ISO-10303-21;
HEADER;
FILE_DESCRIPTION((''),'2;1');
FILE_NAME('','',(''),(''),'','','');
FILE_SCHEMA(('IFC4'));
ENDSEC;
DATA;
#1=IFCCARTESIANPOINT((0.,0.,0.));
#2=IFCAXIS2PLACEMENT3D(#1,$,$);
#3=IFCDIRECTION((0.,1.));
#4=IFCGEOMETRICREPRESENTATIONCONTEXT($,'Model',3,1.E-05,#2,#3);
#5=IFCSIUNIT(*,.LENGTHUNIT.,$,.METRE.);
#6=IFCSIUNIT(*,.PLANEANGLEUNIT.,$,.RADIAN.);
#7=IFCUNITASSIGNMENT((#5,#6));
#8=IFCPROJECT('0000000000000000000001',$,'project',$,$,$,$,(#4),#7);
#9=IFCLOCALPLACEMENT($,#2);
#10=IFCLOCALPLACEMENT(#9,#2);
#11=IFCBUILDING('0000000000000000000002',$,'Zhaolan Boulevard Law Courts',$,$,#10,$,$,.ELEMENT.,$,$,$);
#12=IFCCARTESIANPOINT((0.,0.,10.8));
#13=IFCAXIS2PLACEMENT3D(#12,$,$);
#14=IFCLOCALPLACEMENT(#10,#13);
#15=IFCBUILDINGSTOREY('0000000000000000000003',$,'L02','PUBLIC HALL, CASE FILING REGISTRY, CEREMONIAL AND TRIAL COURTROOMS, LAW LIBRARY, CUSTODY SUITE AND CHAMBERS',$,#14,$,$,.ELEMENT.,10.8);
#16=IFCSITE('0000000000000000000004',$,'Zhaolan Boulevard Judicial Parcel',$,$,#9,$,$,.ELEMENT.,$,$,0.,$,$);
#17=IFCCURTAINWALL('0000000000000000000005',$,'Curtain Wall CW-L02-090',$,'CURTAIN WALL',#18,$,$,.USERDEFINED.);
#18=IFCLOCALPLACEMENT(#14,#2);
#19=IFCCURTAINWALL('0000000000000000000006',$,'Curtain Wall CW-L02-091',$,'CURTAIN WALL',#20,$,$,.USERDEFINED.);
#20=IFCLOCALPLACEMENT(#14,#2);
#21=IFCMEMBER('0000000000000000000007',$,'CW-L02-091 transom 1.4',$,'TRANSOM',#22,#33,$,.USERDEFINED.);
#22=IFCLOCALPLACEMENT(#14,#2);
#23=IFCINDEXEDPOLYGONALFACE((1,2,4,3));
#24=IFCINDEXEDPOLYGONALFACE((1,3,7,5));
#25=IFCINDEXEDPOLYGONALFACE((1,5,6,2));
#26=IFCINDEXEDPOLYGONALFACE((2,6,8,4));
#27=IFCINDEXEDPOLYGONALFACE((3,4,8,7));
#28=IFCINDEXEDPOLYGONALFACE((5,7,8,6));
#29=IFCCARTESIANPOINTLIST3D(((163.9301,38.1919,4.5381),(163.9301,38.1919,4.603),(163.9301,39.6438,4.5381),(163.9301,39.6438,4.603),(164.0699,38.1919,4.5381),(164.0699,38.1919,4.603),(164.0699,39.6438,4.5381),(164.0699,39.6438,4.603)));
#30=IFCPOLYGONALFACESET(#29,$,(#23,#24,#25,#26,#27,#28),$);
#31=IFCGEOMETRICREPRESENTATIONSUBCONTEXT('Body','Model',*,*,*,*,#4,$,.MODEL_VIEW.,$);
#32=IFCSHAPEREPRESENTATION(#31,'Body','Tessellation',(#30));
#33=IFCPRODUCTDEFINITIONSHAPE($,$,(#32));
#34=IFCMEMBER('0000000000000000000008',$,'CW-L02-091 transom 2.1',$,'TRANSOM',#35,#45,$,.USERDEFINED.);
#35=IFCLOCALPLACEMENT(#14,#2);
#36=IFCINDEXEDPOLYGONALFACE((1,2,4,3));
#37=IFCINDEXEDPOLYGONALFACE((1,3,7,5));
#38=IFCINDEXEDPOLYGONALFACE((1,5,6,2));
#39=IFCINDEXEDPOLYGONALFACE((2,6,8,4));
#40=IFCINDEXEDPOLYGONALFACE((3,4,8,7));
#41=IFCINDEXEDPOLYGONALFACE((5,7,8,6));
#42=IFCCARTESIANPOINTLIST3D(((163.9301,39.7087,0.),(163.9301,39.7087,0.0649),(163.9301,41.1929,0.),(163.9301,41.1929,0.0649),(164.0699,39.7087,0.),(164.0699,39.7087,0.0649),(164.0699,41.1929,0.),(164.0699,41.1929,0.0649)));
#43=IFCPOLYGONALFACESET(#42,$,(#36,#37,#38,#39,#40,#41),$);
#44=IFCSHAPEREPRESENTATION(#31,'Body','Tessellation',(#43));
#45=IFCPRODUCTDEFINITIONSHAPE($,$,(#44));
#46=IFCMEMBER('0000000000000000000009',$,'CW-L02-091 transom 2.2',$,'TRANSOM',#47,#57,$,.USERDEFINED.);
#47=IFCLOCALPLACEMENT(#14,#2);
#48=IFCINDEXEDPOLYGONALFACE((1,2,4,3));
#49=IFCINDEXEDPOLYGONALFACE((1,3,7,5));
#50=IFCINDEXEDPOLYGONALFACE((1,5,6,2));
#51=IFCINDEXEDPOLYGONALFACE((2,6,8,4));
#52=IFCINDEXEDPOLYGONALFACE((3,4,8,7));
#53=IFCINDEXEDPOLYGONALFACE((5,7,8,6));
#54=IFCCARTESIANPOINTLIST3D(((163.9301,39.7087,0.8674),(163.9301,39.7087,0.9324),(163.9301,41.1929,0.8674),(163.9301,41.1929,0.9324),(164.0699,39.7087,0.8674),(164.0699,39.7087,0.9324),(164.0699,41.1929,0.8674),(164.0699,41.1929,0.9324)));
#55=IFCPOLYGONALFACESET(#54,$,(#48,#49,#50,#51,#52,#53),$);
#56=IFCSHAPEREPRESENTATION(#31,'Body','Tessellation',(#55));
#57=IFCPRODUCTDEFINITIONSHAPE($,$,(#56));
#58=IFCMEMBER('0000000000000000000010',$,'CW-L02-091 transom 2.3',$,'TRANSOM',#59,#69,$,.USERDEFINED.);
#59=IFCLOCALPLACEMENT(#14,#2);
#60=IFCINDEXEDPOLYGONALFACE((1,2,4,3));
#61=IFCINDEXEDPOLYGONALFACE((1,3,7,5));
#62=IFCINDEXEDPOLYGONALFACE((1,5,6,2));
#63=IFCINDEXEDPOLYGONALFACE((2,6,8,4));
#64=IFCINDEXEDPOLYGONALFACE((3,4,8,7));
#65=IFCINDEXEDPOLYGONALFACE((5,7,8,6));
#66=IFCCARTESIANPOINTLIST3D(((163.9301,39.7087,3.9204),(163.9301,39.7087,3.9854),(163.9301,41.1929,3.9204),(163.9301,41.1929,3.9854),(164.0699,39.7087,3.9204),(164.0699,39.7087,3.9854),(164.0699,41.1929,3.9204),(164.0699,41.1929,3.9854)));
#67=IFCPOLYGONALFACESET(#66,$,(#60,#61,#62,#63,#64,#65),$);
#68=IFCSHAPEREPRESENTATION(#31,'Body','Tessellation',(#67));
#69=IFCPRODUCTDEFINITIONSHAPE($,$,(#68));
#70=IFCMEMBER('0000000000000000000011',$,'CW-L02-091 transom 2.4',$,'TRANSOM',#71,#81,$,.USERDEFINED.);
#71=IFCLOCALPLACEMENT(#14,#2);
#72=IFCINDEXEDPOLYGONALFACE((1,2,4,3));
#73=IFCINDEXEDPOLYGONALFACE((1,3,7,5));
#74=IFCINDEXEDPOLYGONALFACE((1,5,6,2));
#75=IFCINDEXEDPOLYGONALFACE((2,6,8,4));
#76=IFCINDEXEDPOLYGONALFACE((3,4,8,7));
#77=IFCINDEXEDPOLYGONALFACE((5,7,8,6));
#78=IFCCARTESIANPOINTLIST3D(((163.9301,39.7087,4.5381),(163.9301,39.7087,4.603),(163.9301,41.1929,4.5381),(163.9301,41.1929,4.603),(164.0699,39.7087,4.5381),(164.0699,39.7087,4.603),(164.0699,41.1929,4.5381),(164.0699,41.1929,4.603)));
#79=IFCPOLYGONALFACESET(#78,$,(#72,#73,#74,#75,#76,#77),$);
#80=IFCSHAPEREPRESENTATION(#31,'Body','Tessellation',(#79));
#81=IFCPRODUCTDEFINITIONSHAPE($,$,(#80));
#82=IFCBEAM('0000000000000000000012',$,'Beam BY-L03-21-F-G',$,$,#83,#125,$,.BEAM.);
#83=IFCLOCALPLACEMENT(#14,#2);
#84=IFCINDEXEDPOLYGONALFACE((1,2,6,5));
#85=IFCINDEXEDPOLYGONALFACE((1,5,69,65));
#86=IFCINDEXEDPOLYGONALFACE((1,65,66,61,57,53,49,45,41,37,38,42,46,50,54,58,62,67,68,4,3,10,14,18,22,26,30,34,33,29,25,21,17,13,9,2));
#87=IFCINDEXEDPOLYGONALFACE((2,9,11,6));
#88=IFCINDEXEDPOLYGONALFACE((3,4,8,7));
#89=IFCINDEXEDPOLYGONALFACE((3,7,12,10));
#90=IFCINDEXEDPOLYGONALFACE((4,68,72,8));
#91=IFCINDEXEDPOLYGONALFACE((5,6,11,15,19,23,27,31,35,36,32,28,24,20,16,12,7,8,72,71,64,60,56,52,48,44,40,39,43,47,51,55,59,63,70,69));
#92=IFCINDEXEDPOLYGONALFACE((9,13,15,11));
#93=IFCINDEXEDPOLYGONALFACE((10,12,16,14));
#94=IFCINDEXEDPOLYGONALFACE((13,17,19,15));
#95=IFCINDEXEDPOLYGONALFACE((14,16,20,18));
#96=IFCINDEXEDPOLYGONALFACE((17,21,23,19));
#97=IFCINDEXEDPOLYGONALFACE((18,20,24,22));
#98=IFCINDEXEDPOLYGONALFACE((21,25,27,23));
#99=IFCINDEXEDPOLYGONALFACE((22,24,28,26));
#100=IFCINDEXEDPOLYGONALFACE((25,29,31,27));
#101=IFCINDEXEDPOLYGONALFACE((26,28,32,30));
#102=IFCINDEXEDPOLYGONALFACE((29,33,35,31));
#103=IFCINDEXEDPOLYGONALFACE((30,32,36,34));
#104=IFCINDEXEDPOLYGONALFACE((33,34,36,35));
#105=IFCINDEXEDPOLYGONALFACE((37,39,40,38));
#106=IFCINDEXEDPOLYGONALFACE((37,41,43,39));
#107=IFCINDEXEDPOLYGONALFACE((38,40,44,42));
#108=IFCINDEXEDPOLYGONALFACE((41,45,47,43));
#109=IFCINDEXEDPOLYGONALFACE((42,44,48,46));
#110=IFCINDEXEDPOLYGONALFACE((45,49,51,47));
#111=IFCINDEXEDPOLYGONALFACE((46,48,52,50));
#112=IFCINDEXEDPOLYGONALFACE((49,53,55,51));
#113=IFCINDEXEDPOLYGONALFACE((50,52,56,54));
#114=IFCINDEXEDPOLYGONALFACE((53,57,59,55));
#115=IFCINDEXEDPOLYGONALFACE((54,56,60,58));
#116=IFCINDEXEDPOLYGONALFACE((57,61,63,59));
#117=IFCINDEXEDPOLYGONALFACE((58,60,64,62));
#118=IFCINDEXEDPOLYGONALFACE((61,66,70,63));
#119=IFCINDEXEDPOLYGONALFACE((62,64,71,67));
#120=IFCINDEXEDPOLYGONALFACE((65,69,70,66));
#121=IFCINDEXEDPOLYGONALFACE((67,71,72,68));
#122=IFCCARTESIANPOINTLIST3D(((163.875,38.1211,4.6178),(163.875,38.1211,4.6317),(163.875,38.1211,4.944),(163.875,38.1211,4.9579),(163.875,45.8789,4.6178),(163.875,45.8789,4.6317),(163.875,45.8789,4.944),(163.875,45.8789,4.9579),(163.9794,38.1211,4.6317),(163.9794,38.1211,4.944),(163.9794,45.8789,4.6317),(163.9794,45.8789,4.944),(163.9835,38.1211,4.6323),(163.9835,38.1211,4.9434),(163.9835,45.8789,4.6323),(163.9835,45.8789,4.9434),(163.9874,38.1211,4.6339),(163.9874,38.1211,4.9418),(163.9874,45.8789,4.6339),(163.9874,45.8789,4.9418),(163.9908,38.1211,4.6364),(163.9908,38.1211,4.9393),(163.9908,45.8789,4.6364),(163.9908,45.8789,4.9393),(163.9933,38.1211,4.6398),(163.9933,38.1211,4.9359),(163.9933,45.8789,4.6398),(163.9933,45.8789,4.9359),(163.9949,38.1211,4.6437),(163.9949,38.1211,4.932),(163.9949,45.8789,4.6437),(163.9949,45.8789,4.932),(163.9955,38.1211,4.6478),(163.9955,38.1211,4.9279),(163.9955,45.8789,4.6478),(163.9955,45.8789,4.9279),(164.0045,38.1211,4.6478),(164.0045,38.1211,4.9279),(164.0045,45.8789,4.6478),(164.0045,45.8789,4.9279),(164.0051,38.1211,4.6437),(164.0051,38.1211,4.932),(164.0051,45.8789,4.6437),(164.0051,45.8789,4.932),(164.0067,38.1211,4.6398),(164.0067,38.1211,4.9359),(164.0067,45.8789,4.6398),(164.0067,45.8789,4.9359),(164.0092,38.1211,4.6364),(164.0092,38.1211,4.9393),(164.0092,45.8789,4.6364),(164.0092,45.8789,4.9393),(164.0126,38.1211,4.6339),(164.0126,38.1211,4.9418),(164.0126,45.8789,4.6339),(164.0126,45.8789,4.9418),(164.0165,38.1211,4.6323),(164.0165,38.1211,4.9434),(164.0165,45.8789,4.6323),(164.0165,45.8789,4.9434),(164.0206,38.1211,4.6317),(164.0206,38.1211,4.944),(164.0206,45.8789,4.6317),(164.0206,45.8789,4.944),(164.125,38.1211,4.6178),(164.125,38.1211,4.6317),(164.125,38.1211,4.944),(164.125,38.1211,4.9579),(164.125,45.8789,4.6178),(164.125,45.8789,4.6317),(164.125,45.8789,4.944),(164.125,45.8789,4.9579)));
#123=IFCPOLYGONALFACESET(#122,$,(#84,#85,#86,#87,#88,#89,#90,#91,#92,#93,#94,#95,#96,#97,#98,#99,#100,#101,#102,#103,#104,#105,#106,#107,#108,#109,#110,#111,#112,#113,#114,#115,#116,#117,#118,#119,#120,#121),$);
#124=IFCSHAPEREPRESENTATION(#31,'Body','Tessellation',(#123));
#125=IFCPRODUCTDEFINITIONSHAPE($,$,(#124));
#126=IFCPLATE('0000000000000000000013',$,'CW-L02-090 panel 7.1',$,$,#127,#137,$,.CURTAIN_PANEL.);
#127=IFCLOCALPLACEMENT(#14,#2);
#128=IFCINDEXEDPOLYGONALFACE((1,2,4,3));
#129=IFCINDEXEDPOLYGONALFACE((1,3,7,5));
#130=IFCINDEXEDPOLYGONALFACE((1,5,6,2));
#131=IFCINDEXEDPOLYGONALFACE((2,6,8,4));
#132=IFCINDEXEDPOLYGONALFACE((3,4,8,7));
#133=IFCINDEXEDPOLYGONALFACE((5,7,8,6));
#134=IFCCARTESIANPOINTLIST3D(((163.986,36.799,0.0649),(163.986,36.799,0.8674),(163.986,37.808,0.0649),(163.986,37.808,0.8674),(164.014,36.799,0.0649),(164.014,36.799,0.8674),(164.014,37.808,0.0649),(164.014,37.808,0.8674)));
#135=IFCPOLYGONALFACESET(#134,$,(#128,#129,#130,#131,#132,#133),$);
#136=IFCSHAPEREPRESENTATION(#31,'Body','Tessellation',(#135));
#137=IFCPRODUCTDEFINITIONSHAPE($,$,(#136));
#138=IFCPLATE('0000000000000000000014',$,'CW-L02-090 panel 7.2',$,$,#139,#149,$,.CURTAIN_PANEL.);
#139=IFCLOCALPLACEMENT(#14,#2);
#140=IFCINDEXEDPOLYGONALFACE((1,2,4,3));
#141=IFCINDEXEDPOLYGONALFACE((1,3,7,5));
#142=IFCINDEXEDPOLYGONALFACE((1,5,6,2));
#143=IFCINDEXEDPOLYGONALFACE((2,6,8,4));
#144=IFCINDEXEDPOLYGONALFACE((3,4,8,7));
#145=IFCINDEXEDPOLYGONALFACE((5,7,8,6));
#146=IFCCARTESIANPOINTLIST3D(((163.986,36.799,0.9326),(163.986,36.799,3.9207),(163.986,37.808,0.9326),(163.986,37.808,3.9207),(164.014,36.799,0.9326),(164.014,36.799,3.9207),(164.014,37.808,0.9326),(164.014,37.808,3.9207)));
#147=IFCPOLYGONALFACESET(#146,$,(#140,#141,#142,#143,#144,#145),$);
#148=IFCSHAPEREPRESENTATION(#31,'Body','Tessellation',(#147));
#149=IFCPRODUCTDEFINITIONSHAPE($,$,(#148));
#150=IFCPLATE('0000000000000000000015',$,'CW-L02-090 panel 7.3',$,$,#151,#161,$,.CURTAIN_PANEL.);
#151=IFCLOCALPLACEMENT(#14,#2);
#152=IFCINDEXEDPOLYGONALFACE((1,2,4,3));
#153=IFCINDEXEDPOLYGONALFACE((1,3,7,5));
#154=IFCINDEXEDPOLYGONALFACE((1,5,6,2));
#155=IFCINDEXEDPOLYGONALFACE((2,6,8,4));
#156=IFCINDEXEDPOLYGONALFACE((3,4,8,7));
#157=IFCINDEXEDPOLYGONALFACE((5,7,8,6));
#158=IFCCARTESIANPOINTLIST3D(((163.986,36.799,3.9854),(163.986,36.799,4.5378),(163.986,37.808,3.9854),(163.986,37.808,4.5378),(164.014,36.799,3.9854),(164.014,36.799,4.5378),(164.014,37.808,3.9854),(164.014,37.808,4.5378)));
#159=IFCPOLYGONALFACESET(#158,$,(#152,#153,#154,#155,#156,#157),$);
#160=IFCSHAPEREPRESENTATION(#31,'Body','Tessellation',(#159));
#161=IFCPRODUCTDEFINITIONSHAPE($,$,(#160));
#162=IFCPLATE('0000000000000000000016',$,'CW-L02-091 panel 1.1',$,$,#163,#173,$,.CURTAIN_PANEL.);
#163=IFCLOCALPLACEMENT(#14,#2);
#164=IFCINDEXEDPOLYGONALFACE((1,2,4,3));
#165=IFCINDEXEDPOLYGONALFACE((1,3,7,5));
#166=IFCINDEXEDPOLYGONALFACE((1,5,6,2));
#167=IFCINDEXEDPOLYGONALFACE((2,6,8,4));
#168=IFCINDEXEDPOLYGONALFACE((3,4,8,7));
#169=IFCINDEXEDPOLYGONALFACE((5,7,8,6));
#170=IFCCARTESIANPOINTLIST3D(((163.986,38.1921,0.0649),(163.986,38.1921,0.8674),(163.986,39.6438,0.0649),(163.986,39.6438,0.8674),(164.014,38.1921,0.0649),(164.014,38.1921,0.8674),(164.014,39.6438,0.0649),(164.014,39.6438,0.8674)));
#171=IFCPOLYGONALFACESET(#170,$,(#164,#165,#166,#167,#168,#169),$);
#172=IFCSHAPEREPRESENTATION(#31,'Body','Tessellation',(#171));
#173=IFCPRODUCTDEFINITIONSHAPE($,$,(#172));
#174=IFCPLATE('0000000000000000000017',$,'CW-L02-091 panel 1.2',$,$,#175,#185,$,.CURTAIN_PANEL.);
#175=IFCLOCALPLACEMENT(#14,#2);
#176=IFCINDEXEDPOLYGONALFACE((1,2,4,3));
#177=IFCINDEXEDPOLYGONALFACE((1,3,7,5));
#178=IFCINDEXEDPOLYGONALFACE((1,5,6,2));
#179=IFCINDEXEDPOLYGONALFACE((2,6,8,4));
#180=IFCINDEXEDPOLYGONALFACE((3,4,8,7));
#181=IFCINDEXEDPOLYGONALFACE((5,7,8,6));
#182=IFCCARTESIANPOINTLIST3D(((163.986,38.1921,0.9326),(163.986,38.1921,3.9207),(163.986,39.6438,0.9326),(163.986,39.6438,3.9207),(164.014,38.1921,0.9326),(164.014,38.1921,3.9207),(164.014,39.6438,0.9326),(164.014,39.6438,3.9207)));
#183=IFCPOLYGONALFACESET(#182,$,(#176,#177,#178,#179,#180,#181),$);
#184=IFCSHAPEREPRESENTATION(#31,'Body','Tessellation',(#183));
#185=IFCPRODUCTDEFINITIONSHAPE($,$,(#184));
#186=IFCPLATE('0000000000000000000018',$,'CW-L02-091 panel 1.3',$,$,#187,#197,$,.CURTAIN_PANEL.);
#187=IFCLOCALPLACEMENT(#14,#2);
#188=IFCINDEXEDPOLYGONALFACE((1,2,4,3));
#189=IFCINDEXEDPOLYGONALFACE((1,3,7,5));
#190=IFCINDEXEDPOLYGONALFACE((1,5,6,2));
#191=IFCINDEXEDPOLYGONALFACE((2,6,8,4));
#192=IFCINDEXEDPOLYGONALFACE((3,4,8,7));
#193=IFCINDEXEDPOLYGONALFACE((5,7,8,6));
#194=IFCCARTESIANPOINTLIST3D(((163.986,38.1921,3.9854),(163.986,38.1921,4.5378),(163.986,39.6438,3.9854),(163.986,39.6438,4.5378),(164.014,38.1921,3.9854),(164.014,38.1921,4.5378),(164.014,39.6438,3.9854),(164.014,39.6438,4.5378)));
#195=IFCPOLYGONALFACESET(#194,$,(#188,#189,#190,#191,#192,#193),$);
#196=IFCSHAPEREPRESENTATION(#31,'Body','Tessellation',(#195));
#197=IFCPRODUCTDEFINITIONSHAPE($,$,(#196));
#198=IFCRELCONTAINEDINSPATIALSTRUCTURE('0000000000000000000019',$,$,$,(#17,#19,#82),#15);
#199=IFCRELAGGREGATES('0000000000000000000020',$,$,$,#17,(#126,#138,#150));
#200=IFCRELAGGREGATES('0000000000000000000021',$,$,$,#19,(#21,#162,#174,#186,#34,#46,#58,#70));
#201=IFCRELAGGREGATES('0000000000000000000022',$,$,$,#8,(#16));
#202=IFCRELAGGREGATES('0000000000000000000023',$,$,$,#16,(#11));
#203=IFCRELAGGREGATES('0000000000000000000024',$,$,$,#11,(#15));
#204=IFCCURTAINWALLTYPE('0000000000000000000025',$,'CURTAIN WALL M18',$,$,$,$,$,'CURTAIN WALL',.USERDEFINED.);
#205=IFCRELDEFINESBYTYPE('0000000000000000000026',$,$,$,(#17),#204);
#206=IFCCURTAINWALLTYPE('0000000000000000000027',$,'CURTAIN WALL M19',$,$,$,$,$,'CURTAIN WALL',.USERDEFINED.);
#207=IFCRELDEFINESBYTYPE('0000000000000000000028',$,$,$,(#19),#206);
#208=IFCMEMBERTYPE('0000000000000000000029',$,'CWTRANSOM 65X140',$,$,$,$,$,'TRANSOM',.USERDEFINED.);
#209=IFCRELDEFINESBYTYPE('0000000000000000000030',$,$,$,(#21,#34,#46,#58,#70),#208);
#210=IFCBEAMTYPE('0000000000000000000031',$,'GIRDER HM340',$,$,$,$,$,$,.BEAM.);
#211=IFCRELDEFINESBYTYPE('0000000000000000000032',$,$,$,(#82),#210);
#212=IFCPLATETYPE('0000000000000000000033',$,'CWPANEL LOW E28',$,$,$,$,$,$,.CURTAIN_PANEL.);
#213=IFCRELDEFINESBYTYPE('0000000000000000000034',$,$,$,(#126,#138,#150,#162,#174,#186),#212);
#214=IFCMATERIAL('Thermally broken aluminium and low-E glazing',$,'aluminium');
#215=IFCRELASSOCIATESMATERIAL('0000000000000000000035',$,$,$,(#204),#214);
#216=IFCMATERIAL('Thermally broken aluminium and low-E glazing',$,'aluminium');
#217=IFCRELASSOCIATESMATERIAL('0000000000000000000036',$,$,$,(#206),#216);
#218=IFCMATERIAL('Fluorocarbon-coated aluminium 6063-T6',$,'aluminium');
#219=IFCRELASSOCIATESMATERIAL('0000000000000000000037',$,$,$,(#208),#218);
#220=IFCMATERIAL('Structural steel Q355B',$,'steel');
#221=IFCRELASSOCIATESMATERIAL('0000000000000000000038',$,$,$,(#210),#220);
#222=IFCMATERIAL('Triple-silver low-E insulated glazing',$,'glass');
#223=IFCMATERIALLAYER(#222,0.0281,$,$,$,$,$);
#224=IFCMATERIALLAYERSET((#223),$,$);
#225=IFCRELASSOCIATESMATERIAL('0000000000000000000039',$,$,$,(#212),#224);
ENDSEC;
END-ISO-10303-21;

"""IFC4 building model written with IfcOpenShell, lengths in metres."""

from ifc_helpers import new_model, si_unit, direction, frame, origin, origin_2d, place, context, subcontext, project, spatial, rectangle, i_section, extrude, material, layer, layer_set, material_profile, profile_set, type_object, element, aggregate, save


model = new_model("IFC4")

# Units and contexts
model_context = context("Model", 3, precision=1e-05, world=origin(), true_north=direction((0.0, 1.0)))
body_context = subcontext(model_context, "Body", "Model", "MODEL_VIEW")
ifc_project = project(units=[si_unit("LENGTHUNIT", "METRE"), si_unit("PLANEANGLEUNIT", "RADIAN")], contexts=[model_context])

# Site, building, storey
site_placement = place(None, origin())
site = spatial("IfcSite", under=ifc_project, at=site_placement, Name="Zhaolan Boulevard Judicial Parcel", CompositionType="ELEMENT", RefElevation=0.0)
building_placement = place(site_placement, origin())
building = spatial("IfcBuilding", under=site, at=building_placement, Name="Zhaolan Boulevard Law Courts", CompositionType="ELEMENT")
storey_placement = place(building_placement, frame((0.0, 0.0, 10.8)))
storey = spatial("IfcBuildingStorey", under=building, at=storey_placement, Name="L02", Description="PUBLIC HALL, CASE FILING REGISTRY, CEREMONIAL AND TRIAL COURTROOMS, LAW LIBRARY, CUSTODY SUITE AND CHAMBERS", CompositionType="ELEMENT", Elevation=10.8)

# Curtain walls
ifc_material_1 = material(Name="Thermally broken aluminium and low-E glazing", Category="aluminium")
curtain_wall_type_1 = type_object("IfcCurtainWallType", Name="CURTAIN WALL M18", ElementType="CURTAIN WALL", PredefinedType="USERDEFINED", material=ifc_material_1)
curtain_wall_1_placement = place(storey_placement, origin())
curtain_wall_1 = element("IfcCurtainWall", 1, at=curtain_wall_1_placement, inside=storey, type_object=curtain_wall_type_1, Name="Curtain Wall CW-L02-090", ObjectType="CURTAIN WALL", PredefinedType="USERDEFINED")
ifc_material_2 = material(Name="Thermally broken aluminium and low-E glazing", Category="aluminium")
curtain_wall_type_2 = type_object("IfcCurtainWallType", Name="CURTAIN WALL M19", ElementType="CURTAIN WALL", PredefinedType="USERDEFINED", material=ifc_material_2)
curtain_wall_2_placement = place(storey_placement, origin())
curtain_wall_2 = element("IfcCurtainWall", 2, at=curtain_wall_2_placement, inside=storey, type_object=curtain_wall_type_2, Name="Curtain Wall CW-L02-091", ObjectType="CURTAIN WALL", PredefinedType="USERDEFINED")

# Members
ifc_material_3 = material(Name="Fluorocarbon-coated aluminium 6063-T6", Category="aluminium")
ifc_material_profile_1 = material_profile(ifc_material_3, rectangle(XDim=0.1399, YDim=0.0649, at=origin_2d()), Name="AL65x140")
ifc_profile_set_1 = profile_set([ifc_material_profile_1], Name="Fluorocarbon-coated aluminium 6063-T6")
member_type_1 = type_object("IfcMemberType", Name="CWTRANSOM 65X140", ElementType="TRANSOM", PredefinedType="USERDEFINED", material=ifc_profile_set_1)
member_1_placement = place(storey_placement, frame((164.0, 38.1919, 4.5706), z_axis=(0.0, 1.0, 0.0), x_axis=(-1.0, 0.0, 0.0)))
member_1 = element("IfcMember", 3, at=member_1_placement, type_object=member_type_1, Name="CW-L02-091 transom 1.4", ObjectType="TRANSOM", PredefinedType="USERDEFINED", context=body_context, shape_type="SweptSolid", body=[
    extrude(rectangle(XDim=0.1399, YDim=0.0649, at=origin_2d()), origin(), (0.0, 0.0, 1.0), 1.4519),
])
member_2_placement = place(storey_placement, frame((164.0, 39.7087, 0.0325), z_axis=(0.0, 1.0, 0.0), x_axis=(-1.0, 0.0, 0.0)))
member_2 = element("IfcMember", 4, at=member_2_placement, type_object=member_type_1, Name="CW-L02-091 transom 2.1", ObjectType="TRANSOM", PredefinedType="USERDEFINED", context=body_context, shape_type="SweptSolid", body=[
    extrude(rectangle(XDim=0.1399, YDim=0.0649, at=origin_2d()), origin(), (0.0, 0.0, 1.0), 1.4841),
])
member_3_placement = place(storey_placement, frame((164.0, 39.7087, 0.8999), z_axis=(0.0, 1.0, 0.0), x_axis=(-1.0, 0.0, 0.0)))
member_3 = element("IfcMember", 5, at=member_3_placement, type_object=member_type_1, Name="CW-L02-091 transom 2.2", ObjectType="TRANSOM", PredefinedType="USERDEFINED", context=body_context, shape_type="SweptSolid", body=[
    extrude(rectangle(XDim=0.1399, YDim=0.0649, at=origin_2d()), origin(), (0.0, 0.0, 1.0), 1.4841),
])
member_4_placement = place(storey_placement, frame((164.0, 39.7087, 3.9529), z_axis=(0.0, 1.0, 0.0), x_axis=(-1.0, 0.0, 0.0)))
member_4 = element("IfcMember", 6, at=member_4_placement, type_object=member_type_1, Name="CW-L02-091 transom 2.3", ObjectType="TRANSOM", PredefinedType="USERDEFINED", context=body_context, shape_type="SweptSolid", body=[
    extrude(rectangle(XDim=0.1399, YDim=0.0649, at=origin_2d()), origin(), (0.0, 0.0, 1.0), 1.4841),
])
member_5_placement = place(storey_placement, frame((164.0, 39.7087, 4.5706), z_axis=(0.0, 1.0, 0.0), x_axis=(-1.0, 0.0, 0.0)))
member_5 = element("IfcMember", 7, at=member_5_placement, type_object=member_type_1, Name="CW-L02-091 transom 2.4", ObjectType="TRANSOM", PredefinedType="USERDEFINED", context=body_context, shape_type="SweptSolid", body=[
    extrude(rectangle(XDim=0.1399, YDim=0.0649, at=origin_2d()), origin(), (0.0, 0.0, 1.0), 1.4841),
])

# Beam
ifc_material_4 = material(Name="Structural steel Q355B", Category="steel")
ifc_material_profile_2 = material_profile(ifc_material_4, i_section(OverallWidth=0.25, OverallDepth=0.3401, WebThickness=0.009, FlangeThickness=0.0139, FilletRadius=0.0161, at=origin_2d()), Name="HM340x250")
ifc_profile_set_2 = profile_set([ifc_material_profile_2], Name="Structural steel Q355B")
beam_type = type_object("IfcBeamType", Name="GIRDER HM340", PredefinedType="BEAM", material=ifc_profile_set_2)
beam_placement = place(storey_placement, frame((164.0, 38.1211, 4.7878), z_axis=(0.0, 1.0, 0.0), x_axis=(-1.0, 0.0, 0.0)))
element("IfcBeam", 8, at=beam_placement, inside=storey, type_object=beam_type, Name="Beam BY-L03-21-F-G", PredefinedType="BEAM", context=body_context, shape_type="SweptSolid", body=[
    extrude(i_section(OverallWidth=0.25, OverallDepth=0.3401, WebThickness=0.009, FlangeThickness=0.0139, FilletRadius=0.0161, at=origin_2d()), origin(), (0.0, 0.0, 1.0), 7.7578),
])

# Plates
ifc_material_5 = material(Name="Triple-silver low-E insulated glazing", Category="glass")
ifc_layer = layer(ifc_material_5, 0.0281)
ifc_layer_set = layer_set([ifc_layer])
plate_type = type_object("IfcPlateType", Name="CWPANEL LOW E28", PredefinedType="CURTAIN_PANEL", material=ifc_layer_set)
plate_1_placement = place(storey_placement, frame((164.0, 37.3035, 0.0649), z_axis=(0.0, 0.0, 1.0), x_axis=(0.0, 1.0, 0.0)))
plate_1 = element("IfcPlate", 9, at=plate_1_placement, type_object=plate_type, Name="CW-L02-090 panel 7.1", PredefinedType="CURTAIN_PANEL", context=body_context, shape_type="SweptSolid", body=[
    extrude(rectangle(XDim=1.009, YDim=0.0281, at=origin_2d()), origin(), (0.0, 0.0, 1.0), 0.8025),
])
plate_2_placement = place(storey_placement, frame((164.0, 37.3035, 0.9326), z_axis=(0.0, 0.0, 1.0), x_axis=(0.0, 1.0, 0.0)))
plate_2 = element("IfcPlate", 10, at=plate_2_placement, type_object=plate_type, Name="CW-L02-090 panel 7.2", PredefinedType="CURTAIN_PANEL", context=body_context, shape_type="SweptSolid", body=[
    extrude(rectangle(XDim=1.009, YDim=0.0281, at=origin_2d()), origin(), (0.0, 0.0, 1.0), 2.988),
])
plate_3_placement = place(storey_placement, frame((164.0, 37.3035, 3.9854), z_axis=(0.0, 0.0, 1.0), x_axis=(0.0, 1.0, 0.0)))
plate_3 = element("IfcPlate", 11, at=plate_3_placement, type_object=plate_type, Name="CW-L02-090 panel 7.3", PredefinedType="CURTAIN_PANEL", context=body_context, shape_type="SweptSolid", body=[
    extrude(rectangle(XDim=1.009, YDim=0.0281, at=origin_2d()), origin(), (0.0, 0.0, 1.0), 0.5525),
])
aggregate(curtain_wall_1, [plate_1, plate_2, plate_3])
plate_4_placement = place(storey_placement, frame((164.0, 38.918, 0.0649), z_axis=(0.0, 0.0, 1.0), x_axis=(0.0, 1.0, 0.0)))
plate_4 = element("IfcPlate", 12, at=plate_4_placement, type_object=plate_type, Name="CW-L02-091 panel 1.1", PredefinedType="CURTAIN_PANEL", context=body_context, shape_type="SweptSolid", body=[
    extrude(rectangle(XDim=1.4517, YDim=0.0281, at=origin_2d()), origin(), (0.0, 0.0, 1.0), 0.8025),
])
plate_5_placement = place(storey_placement, frame((164.0, 38.918, 0.9326), z_axis=(0.0, 0.0, 1.0), x_axis=(0.0, 1.0, 0.0)))
plate_5 = element("IfcPlate", 13, at=plate_5_placement, type_object=plate_type, Name="CW-L02-091 panel 1.2", PredefinedType="CURTAIN_PANEL", context=body_context, shape_type="SweptSolid", body=[
    extrude(rectangle(XDim=1.4517, YDim=0.0281, at=origin_2d()), origin(), (0.0, 0.0, 1.0), 2.988),
])
plate_6_placement = place(storey_placement, frame((164.0, 38.918, 3.9854), z_axis=(0.0, 0.0, 1.0), x_axis=(0.0, 1.0, 0.0)))
plate_6 = element("IfcPlate", 14, at=plate_6_placement, type_object=plate_type, Name="CW-L02-091 panel 1.3", PredefinedType="CURTAIN_PANEL", context=body_context, shape_type="SweptSolid", body=[
    extrude(rectangle(XDim=1.4517, YDim=0.0281, at=origin_2d()), origin(), (0.0, 0.0, 1.0), 0.5525),
])
aggregate(curtain_wall_2, [member_1, plate_4, plate_5, plate_6, member_2, member_3, member_4, member_5])

save(model, "model.ifc")
